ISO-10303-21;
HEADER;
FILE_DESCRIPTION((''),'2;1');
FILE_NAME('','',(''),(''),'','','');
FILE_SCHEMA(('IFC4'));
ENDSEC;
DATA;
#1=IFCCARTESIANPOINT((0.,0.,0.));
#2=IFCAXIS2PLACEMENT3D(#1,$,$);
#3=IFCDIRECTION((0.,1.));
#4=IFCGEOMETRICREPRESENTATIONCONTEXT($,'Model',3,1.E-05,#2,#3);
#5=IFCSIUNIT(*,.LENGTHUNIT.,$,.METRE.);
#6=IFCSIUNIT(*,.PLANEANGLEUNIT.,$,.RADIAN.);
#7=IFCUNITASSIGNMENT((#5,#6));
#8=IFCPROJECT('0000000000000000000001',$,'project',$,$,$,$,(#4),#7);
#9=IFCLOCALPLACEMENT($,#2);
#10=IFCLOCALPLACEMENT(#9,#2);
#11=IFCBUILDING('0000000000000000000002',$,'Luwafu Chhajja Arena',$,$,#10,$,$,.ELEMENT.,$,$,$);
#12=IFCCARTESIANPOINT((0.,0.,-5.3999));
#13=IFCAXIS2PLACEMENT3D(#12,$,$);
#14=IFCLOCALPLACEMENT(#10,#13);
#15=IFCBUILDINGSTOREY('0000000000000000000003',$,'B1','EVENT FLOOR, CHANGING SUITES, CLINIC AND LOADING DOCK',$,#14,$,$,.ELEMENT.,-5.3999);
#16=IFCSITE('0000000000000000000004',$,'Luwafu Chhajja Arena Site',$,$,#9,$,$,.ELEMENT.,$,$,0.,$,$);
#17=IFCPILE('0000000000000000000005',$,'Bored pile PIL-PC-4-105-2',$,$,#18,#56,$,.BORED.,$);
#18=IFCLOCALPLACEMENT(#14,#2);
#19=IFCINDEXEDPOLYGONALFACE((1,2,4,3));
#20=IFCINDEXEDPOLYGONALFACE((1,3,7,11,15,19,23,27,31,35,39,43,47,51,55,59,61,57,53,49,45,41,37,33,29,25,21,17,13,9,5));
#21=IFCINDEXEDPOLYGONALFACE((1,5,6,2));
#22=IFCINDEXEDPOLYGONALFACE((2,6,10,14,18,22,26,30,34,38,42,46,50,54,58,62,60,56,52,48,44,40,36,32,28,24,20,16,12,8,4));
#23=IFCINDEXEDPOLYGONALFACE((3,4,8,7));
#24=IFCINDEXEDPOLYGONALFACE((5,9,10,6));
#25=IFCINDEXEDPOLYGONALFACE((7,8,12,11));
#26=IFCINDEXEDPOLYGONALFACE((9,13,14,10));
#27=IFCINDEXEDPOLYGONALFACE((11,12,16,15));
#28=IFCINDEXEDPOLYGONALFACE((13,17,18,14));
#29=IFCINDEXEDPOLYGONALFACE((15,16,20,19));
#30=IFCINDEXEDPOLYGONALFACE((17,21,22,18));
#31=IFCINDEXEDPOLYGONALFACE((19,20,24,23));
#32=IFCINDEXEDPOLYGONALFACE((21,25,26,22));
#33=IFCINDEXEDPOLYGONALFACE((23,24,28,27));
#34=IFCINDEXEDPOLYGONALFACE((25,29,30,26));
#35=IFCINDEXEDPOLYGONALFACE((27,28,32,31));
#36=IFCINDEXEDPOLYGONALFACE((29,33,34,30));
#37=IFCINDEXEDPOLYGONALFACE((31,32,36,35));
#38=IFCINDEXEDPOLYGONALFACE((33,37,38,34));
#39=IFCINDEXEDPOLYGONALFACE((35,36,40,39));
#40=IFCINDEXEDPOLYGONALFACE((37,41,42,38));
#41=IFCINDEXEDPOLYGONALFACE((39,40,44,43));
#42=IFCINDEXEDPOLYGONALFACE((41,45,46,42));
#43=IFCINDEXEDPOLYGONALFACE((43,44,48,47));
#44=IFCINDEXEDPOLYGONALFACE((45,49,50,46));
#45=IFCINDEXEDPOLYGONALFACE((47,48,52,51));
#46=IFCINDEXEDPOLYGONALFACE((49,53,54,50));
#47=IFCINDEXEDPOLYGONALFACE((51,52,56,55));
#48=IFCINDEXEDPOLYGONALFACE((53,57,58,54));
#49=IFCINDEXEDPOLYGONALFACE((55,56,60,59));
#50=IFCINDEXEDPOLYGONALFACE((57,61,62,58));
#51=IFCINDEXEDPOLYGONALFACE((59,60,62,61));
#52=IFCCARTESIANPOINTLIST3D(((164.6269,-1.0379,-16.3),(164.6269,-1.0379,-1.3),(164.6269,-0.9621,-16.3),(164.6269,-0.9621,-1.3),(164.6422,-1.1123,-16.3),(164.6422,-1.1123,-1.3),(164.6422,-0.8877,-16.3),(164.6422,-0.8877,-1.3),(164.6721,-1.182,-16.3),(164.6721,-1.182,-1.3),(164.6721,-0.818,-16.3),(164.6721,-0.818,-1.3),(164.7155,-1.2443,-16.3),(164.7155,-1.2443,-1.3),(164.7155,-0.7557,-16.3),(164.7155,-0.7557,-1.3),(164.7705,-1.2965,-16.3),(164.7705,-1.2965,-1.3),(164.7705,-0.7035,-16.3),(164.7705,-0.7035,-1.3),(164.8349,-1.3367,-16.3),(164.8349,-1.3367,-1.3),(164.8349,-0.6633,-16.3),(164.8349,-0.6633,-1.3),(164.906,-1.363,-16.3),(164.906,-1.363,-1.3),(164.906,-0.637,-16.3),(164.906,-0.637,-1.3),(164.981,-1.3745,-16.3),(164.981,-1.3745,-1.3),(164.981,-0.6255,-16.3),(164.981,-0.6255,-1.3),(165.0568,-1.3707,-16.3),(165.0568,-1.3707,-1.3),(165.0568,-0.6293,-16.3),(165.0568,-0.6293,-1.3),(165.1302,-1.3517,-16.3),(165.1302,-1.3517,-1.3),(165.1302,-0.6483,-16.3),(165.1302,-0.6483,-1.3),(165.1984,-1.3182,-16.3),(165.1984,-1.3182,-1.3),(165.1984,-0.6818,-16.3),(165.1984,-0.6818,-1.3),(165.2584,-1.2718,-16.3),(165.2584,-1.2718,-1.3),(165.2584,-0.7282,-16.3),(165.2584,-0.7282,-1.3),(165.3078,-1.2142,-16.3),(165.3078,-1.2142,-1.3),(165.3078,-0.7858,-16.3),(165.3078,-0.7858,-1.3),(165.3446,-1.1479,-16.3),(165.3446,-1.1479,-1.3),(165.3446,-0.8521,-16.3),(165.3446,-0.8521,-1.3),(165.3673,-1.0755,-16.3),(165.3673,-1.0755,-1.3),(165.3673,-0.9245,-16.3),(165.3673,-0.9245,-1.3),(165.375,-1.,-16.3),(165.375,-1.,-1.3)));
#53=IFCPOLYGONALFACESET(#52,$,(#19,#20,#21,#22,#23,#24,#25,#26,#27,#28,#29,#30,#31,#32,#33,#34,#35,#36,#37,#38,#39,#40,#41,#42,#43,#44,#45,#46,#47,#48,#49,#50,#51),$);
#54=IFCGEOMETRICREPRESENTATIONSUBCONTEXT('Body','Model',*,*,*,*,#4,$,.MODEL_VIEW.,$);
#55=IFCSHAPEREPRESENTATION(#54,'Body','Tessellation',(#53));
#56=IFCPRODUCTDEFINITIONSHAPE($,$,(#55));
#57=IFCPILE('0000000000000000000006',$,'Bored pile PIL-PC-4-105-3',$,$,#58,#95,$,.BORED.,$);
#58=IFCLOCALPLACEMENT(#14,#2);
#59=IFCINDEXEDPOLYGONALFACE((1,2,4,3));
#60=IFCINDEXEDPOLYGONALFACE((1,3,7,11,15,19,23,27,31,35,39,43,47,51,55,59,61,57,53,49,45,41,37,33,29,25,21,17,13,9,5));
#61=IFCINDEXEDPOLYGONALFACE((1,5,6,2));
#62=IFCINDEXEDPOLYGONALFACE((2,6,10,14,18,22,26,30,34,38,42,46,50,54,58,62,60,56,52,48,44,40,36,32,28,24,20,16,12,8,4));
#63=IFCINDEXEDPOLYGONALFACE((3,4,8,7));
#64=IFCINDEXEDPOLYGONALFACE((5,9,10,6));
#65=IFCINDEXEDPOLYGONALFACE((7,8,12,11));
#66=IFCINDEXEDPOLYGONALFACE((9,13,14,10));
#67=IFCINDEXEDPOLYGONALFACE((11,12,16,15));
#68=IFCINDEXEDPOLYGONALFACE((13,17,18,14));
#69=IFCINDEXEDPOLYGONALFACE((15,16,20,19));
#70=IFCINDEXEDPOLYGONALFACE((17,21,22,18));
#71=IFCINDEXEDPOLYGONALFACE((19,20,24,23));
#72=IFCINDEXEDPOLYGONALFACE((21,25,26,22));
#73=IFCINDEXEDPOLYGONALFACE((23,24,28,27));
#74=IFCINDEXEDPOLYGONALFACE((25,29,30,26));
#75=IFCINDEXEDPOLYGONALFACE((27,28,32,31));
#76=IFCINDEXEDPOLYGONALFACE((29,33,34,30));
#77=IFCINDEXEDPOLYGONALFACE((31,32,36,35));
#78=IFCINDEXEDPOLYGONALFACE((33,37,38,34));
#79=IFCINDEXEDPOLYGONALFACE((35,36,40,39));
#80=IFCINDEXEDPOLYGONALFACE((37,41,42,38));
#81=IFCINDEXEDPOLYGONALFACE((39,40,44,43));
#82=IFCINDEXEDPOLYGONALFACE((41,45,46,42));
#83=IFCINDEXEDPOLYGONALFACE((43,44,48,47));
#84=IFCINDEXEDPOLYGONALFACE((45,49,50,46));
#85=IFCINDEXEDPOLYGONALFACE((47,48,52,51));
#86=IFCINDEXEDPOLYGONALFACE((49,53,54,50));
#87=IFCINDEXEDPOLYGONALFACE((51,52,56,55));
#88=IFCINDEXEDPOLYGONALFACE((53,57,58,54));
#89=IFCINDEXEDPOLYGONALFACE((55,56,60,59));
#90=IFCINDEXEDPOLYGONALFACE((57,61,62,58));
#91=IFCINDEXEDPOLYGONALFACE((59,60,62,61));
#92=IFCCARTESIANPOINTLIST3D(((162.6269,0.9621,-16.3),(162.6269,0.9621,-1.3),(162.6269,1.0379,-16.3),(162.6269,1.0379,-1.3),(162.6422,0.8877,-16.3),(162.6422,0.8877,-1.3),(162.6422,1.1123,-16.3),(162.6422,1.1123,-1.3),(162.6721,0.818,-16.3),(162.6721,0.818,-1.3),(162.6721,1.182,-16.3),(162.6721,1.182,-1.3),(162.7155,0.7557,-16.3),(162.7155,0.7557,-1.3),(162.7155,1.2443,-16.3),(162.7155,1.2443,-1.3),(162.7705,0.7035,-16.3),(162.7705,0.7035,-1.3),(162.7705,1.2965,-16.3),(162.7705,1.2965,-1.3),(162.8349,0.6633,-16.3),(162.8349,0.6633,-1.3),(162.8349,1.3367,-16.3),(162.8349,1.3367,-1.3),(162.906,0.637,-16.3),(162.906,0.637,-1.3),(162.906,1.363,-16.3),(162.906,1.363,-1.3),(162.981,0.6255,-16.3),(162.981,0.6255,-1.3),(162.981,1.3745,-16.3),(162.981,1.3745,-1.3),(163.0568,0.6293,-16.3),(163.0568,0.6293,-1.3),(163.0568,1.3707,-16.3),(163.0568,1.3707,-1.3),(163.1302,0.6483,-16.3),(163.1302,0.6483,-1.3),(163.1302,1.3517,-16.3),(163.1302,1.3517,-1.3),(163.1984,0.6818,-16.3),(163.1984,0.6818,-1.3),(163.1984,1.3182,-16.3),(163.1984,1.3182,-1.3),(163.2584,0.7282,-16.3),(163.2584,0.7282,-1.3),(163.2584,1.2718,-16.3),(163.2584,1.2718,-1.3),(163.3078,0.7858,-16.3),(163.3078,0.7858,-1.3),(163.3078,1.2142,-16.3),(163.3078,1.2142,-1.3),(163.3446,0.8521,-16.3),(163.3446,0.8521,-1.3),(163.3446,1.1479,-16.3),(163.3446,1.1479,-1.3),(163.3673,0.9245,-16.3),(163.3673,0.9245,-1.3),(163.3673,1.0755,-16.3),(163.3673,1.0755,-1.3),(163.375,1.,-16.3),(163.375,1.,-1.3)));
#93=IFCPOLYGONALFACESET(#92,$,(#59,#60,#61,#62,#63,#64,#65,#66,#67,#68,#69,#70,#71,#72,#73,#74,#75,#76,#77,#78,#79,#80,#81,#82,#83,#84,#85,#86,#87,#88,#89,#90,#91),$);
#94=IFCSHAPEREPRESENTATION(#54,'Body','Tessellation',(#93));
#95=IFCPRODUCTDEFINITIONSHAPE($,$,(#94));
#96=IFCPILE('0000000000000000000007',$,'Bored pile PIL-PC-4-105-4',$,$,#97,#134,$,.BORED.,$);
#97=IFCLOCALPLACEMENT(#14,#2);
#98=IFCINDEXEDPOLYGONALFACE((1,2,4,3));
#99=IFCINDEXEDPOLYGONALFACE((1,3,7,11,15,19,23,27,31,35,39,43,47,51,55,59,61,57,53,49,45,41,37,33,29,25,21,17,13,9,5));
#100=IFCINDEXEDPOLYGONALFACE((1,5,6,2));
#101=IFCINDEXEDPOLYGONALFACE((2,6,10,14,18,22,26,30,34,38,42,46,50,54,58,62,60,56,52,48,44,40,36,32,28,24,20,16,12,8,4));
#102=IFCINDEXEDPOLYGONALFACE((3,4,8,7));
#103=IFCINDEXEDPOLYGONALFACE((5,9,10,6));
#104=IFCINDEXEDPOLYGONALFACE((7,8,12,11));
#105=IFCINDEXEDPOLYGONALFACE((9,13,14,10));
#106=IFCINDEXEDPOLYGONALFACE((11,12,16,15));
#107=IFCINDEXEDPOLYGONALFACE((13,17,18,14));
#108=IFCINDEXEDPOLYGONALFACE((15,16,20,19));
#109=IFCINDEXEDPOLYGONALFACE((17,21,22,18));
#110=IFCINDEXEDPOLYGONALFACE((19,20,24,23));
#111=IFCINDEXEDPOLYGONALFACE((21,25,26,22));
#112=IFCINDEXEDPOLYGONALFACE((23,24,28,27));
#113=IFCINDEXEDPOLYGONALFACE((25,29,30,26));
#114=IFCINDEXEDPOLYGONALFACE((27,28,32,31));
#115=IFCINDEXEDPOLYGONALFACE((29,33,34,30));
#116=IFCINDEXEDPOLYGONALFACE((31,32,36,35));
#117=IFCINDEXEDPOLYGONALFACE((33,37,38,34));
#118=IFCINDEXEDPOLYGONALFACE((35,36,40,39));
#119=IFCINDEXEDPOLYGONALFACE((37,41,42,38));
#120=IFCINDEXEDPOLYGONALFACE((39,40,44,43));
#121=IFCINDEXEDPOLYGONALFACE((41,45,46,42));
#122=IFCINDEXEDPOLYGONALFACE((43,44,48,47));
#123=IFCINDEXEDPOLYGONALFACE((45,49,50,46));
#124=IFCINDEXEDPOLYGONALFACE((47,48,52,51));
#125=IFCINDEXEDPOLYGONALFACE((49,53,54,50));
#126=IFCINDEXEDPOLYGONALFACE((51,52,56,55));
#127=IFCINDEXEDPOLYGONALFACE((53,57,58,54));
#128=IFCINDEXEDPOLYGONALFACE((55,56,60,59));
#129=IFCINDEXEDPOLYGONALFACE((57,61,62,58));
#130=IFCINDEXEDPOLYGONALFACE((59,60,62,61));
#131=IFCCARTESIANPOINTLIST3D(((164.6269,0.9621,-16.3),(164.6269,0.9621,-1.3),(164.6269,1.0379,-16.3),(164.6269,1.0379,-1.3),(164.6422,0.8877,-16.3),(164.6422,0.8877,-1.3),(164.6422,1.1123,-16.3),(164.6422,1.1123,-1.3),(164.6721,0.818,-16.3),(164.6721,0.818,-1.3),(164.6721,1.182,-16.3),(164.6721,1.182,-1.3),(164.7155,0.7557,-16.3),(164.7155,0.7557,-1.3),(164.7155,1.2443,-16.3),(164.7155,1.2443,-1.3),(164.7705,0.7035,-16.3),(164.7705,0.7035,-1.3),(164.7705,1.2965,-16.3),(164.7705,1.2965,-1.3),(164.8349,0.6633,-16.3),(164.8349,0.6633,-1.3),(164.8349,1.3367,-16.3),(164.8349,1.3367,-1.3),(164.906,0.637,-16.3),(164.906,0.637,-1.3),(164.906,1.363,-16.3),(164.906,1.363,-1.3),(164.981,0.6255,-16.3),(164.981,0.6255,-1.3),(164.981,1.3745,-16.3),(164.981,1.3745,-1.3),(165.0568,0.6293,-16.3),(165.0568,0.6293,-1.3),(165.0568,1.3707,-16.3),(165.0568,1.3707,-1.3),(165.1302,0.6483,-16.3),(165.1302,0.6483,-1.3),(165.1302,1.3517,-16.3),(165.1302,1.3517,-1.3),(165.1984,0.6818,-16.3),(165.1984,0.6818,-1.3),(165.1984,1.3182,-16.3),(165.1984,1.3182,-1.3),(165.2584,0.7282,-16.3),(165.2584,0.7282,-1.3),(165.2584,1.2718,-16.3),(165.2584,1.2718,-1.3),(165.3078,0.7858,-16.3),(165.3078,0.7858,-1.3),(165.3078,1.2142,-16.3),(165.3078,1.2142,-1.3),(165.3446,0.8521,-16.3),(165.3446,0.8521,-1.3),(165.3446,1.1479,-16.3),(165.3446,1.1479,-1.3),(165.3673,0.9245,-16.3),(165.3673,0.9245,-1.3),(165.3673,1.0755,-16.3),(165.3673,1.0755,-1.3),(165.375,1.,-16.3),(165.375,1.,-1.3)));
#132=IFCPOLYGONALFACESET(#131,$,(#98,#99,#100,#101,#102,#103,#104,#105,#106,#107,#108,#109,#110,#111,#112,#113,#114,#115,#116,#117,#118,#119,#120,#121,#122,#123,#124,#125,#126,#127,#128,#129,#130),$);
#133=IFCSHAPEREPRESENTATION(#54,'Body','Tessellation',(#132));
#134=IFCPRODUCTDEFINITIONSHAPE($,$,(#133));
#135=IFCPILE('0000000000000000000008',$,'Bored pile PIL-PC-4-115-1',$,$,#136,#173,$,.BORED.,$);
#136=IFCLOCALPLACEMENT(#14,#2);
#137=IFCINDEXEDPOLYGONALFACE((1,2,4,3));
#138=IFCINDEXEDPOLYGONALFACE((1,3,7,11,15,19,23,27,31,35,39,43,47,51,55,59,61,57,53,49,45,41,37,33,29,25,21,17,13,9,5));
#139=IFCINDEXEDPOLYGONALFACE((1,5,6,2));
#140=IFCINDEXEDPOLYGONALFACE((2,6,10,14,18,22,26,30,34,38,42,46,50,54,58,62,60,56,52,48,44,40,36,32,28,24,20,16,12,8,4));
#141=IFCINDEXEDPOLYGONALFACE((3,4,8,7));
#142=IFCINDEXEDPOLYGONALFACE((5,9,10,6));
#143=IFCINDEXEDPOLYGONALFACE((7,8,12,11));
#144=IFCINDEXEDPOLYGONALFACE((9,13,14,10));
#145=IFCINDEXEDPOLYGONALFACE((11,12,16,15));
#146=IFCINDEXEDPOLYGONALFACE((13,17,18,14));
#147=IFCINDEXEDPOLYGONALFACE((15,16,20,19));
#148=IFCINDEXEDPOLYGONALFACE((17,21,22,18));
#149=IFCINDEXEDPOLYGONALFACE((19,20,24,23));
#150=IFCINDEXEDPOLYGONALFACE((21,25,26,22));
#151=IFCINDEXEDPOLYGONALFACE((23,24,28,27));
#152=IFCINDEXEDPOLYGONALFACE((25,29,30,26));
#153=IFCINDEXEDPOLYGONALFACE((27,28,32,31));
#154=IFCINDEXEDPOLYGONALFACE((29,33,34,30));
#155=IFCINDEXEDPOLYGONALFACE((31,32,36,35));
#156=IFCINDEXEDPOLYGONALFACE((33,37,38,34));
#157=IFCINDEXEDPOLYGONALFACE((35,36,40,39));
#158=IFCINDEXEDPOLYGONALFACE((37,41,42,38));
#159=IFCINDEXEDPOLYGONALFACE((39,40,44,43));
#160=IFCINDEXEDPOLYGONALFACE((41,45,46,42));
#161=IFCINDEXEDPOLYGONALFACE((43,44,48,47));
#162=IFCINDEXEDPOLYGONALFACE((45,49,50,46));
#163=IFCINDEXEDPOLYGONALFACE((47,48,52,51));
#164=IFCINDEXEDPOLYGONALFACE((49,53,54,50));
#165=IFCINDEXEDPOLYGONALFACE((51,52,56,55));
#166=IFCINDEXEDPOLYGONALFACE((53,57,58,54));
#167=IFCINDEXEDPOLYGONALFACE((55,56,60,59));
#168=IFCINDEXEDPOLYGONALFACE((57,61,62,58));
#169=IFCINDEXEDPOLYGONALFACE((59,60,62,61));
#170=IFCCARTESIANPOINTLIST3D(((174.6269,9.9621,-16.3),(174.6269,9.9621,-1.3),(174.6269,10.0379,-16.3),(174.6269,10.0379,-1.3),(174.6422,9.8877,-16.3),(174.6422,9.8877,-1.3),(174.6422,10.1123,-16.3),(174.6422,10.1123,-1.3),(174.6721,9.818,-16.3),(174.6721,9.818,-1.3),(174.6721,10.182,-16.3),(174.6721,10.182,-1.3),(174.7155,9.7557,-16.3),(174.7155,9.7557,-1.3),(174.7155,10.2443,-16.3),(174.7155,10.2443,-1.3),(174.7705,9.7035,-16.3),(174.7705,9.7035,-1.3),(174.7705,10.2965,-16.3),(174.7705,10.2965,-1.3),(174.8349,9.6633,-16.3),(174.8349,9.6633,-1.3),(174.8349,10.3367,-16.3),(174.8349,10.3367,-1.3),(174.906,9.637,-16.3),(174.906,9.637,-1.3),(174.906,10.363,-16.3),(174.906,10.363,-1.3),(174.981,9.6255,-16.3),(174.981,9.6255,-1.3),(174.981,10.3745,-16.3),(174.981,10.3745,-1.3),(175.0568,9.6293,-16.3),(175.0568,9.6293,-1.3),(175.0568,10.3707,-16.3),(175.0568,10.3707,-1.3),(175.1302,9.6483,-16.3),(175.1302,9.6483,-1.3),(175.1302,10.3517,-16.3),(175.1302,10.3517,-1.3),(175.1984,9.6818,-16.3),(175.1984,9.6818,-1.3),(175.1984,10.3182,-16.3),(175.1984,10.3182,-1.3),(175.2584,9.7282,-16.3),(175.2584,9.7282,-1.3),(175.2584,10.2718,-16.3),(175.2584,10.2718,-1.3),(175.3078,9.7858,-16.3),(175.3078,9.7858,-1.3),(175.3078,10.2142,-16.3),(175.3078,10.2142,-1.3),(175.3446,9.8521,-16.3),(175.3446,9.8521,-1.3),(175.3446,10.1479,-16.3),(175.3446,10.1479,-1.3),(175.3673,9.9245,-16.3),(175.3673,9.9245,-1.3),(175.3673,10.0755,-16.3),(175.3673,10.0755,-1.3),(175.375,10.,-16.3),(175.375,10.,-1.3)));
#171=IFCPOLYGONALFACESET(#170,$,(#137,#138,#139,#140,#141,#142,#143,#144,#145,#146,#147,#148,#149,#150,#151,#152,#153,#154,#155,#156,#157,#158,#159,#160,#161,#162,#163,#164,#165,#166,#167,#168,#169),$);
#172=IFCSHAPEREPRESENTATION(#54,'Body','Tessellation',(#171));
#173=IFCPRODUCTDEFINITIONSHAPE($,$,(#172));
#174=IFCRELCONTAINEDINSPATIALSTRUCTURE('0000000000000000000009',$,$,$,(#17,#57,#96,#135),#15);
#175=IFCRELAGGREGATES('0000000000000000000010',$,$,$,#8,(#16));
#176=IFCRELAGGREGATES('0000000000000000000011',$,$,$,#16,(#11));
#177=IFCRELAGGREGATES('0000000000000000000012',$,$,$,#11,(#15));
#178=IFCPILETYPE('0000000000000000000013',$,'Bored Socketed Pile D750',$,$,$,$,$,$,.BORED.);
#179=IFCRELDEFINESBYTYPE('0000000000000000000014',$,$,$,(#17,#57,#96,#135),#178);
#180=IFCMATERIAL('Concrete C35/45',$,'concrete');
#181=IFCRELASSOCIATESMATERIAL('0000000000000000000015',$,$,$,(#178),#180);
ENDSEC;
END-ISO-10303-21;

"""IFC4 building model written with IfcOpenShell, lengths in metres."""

from ifc_helpers import new_model, si_unit, direction, frame, origin, origin_2d, place, context, subcontext, project, spatial, circle, extrude, material, material_profile, profile_set, type_object, element, save


model = new_model("IFC4")

# Units and contexts
model_context = context("Model", 3, precision=1e-05, world=origin(), true_north=direction((0.0, 1.0)))
body_context = subcontext(model_context, "Body", "Model", "MODEL_VIEW")
ifc_project = project(units=[si_unit("LENGTHUNIT", "METRE"), si_unit("PLANEANGLEUNIT", "RADIAN")], contexts=[model_context])

# Site, building, storey
site_placement = place(None, origin())
site = spatial("IfcSite", under=ifc_project, at=site_placement, Name="Luwafu Chhajja Arena Site", CompositionType="ELEMENT", RefElevation=0.0)
building_placement = place(site_placement, origin())
building = spatial("IfcBuilding", under=site, at=building_placement, Name="Luwafu Chhajja Arena", CompositionType="ELEMENT")
storey_placement = place(building_placement, frame((0.0, 0.0, -5.3999)))
storey = spatial("IfcBuildingStorey", under=building, at=storey_placement, Name="B1", Description="EVENT FLOOR, CHANGING SUITES, CLINIC AND LOADING DOCK", CompositionType="ELEMENT", Elevation=-5.3999)

# Shared definitions
ifc_material_1 = material(Name="Concrete C35/45", Category="concrete")

# Piles
ifc_material_profile_1 = material_profile(ifc_material_1, circle(Radius=0.375, at=origin_2d()), Name="PILE D750")
ifc_profile_set_1 = profile_set([ifc_material_profile_1], Name="Concrete C35/45")
pile_type_1 = type_object("IfcPileType", Name="Bored Socketed Pile D750", PredefinedType="BORED", material=ifc_profile_set_1)
for number, where, z_axis, x_axis, name in (
    (1, (165.0, -1.0, -1.3), (0.0, 0.0, -1.0), (1.0, 0.0, 0.0), "Bored pile PIL-PC-4-105-2"),
    (2, (163.0, 1.0, -1.3), (0.0, 0.0, -1.0), (1.0, 0.0, 0.0), "Bored pile PIL-PC-4-105-3"),
    (3, (165.0, 1.0, -1.3), (0.0, 0.0, -1.0), (1.0, 0.0, 0.0), "Bored pile PIL-PC-4-105-4"),
    (4, (175.0, 10.0, -1.3), (0.0, 0.0, -1.0), (1.0, 0.0, 0.0), "Bored pile PIL-PC-4-115-1"),
):
    element("IfcPile", number, at=place(storey_placement, frame(where, z_axis=z_axis, x_axis=x_axis)), inside=storey, type_object=pile_type_1, Name=name, PredefinedType="BORED", context=body_context, shape_type="SweptSolid", body=[
        extrude(circle(Radius=0.375, at=origin_2d()), origin(), (0.0, 0.0, 1.0), 15.0),
    ])

save(model, "model.ifc")
